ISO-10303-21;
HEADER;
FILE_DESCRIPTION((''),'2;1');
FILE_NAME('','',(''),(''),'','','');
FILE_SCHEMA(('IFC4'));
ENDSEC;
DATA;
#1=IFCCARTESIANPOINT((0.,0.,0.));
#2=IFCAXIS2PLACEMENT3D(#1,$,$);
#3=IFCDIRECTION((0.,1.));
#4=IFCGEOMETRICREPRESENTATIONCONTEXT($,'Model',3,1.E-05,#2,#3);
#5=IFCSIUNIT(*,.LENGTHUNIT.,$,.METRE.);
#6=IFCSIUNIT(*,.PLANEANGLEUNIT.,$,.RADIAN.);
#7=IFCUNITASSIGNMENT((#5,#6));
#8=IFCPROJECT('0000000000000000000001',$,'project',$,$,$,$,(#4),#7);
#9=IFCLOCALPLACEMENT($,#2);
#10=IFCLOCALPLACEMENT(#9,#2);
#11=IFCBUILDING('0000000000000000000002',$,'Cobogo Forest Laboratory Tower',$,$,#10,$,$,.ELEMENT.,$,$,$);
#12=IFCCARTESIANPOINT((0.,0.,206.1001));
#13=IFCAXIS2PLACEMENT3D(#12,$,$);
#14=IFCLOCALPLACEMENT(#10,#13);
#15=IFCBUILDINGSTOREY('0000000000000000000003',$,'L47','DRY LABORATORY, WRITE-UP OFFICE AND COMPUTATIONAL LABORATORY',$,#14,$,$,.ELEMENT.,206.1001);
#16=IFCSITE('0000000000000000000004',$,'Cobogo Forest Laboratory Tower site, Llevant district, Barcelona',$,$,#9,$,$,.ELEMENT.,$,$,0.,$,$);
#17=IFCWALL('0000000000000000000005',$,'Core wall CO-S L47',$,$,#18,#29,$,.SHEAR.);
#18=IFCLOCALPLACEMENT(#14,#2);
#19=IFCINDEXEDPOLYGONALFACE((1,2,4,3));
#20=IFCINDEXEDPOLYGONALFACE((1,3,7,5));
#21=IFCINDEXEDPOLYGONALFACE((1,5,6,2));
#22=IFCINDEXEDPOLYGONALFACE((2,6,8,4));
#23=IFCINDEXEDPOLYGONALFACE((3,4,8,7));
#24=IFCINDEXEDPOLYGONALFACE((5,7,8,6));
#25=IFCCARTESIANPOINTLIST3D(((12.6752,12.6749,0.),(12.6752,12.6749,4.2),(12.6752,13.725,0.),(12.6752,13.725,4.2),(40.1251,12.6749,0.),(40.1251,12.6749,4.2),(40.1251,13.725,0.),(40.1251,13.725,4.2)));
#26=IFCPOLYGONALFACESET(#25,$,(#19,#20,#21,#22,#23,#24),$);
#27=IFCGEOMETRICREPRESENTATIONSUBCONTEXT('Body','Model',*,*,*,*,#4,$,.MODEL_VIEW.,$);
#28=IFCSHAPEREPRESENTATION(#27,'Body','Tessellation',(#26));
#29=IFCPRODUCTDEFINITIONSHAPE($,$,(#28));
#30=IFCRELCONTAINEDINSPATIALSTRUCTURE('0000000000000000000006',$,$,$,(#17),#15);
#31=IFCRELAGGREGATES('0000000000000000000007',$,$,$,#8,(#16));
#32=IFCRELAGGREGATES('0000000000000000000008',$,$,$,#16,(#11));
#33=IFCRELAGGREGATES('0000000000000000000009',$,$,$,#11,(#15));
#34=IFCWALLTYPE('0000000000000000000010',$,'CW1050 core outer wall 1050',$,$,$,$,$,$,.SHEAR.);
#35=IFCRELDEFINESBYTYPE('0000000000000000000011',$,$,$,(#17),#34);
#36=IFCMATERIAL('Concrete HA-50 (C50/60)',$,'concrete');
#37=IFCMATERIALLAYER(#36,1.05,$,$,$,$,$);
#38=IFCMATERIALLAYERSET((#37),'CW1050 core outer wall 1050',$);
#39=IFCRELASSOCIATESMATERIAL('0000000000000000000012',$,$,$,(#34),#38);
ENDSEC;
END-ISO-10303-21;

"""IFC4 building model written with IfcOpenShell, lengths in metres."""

from ifc_helpers import new_model, si_unit, direction, frame, frame_2d, origin, place, context, subcontext, project, spatial, rectangle, extrude, material, layer, layer_set, type_object, element, save


model = new_model("IFC4")

# Units and contexts
model_context = context("Model", 3, precision=1e-05, world=origin(), true_north=direction((0.0, 1.0)))
body_context = subcontext(model_context, "Body", "Model", "MODEL_VIEW")
ifc_project = project(units=[si_unit("LENGTHUNIT", "METRE"), si_unit("PLANEANGLEUNIT", "RADIAN")], contexts=[model_context])

# Site, building, storey
site_placement = place(None, origin())
site = spatial("IfcSite", under=ifc_project, at=site_placement, Name="Cobogo Forest Laboratory Tower site, Llevant district, Barcelona", CompositionType="ELEMENT", RefElevation=0.0)
building_placement = place(site_placement, origin())
building = spatial("IfcBuilding", under=site, at=building_placement, Name="Cobogo Forest Laboratory Tower", CompositionType="ELEMENT")
storey_placement = place(building_placement, frame((0.0, 0.0, 206.1001)))
storey = spatial("IfcBuildingStorey", under=building, at=storey_placement, Name="L47", Description="DRY LABORATORY, WRITE-UP OFFICE AND COMPUTATIONAL LABORATORY", CompositionType="ELEMENT", Elevation=206.1001)

# Shared definitions
ifc_material_1 = material(Name="Concrete HA-50 (C50/60)", Category="concrete")

# Wall
ifc_layer_1 = layer(ifc_material_1, 1.05)
ifc_layer_set_1 = layer_set([ifc_layer_1], Name="CW1050 core outer wall 1050")
wall_type_1 = type_object("IfcWallType", Name="CW1050 core outer wall 1050", PredefinedType="SHEAR", material=ifc_layer_set_1)
wall_1_placement = place(storey_placement, frame((12.675, 13.2, 0.0), z_axis=(0.0, 0.0, 1.0), x_axis=(1.0, 0.0, 0.0)))
element("IfcWall", 1, at=wall_1_placement, inside=storey, type_object=wall_type_1, Name="Core wall CO-S L47", PredefinedType="SHEAR", context=body_context, shape_type="SweptSolid", body=[
    extrude(rectangle(XDim=27.45, YDim=1.05, at=frame_2d((13.7251, 0.0))), origin(), (0.0, 0.0, 1.0), 4.2),
])

save(model, "model.ifc")
